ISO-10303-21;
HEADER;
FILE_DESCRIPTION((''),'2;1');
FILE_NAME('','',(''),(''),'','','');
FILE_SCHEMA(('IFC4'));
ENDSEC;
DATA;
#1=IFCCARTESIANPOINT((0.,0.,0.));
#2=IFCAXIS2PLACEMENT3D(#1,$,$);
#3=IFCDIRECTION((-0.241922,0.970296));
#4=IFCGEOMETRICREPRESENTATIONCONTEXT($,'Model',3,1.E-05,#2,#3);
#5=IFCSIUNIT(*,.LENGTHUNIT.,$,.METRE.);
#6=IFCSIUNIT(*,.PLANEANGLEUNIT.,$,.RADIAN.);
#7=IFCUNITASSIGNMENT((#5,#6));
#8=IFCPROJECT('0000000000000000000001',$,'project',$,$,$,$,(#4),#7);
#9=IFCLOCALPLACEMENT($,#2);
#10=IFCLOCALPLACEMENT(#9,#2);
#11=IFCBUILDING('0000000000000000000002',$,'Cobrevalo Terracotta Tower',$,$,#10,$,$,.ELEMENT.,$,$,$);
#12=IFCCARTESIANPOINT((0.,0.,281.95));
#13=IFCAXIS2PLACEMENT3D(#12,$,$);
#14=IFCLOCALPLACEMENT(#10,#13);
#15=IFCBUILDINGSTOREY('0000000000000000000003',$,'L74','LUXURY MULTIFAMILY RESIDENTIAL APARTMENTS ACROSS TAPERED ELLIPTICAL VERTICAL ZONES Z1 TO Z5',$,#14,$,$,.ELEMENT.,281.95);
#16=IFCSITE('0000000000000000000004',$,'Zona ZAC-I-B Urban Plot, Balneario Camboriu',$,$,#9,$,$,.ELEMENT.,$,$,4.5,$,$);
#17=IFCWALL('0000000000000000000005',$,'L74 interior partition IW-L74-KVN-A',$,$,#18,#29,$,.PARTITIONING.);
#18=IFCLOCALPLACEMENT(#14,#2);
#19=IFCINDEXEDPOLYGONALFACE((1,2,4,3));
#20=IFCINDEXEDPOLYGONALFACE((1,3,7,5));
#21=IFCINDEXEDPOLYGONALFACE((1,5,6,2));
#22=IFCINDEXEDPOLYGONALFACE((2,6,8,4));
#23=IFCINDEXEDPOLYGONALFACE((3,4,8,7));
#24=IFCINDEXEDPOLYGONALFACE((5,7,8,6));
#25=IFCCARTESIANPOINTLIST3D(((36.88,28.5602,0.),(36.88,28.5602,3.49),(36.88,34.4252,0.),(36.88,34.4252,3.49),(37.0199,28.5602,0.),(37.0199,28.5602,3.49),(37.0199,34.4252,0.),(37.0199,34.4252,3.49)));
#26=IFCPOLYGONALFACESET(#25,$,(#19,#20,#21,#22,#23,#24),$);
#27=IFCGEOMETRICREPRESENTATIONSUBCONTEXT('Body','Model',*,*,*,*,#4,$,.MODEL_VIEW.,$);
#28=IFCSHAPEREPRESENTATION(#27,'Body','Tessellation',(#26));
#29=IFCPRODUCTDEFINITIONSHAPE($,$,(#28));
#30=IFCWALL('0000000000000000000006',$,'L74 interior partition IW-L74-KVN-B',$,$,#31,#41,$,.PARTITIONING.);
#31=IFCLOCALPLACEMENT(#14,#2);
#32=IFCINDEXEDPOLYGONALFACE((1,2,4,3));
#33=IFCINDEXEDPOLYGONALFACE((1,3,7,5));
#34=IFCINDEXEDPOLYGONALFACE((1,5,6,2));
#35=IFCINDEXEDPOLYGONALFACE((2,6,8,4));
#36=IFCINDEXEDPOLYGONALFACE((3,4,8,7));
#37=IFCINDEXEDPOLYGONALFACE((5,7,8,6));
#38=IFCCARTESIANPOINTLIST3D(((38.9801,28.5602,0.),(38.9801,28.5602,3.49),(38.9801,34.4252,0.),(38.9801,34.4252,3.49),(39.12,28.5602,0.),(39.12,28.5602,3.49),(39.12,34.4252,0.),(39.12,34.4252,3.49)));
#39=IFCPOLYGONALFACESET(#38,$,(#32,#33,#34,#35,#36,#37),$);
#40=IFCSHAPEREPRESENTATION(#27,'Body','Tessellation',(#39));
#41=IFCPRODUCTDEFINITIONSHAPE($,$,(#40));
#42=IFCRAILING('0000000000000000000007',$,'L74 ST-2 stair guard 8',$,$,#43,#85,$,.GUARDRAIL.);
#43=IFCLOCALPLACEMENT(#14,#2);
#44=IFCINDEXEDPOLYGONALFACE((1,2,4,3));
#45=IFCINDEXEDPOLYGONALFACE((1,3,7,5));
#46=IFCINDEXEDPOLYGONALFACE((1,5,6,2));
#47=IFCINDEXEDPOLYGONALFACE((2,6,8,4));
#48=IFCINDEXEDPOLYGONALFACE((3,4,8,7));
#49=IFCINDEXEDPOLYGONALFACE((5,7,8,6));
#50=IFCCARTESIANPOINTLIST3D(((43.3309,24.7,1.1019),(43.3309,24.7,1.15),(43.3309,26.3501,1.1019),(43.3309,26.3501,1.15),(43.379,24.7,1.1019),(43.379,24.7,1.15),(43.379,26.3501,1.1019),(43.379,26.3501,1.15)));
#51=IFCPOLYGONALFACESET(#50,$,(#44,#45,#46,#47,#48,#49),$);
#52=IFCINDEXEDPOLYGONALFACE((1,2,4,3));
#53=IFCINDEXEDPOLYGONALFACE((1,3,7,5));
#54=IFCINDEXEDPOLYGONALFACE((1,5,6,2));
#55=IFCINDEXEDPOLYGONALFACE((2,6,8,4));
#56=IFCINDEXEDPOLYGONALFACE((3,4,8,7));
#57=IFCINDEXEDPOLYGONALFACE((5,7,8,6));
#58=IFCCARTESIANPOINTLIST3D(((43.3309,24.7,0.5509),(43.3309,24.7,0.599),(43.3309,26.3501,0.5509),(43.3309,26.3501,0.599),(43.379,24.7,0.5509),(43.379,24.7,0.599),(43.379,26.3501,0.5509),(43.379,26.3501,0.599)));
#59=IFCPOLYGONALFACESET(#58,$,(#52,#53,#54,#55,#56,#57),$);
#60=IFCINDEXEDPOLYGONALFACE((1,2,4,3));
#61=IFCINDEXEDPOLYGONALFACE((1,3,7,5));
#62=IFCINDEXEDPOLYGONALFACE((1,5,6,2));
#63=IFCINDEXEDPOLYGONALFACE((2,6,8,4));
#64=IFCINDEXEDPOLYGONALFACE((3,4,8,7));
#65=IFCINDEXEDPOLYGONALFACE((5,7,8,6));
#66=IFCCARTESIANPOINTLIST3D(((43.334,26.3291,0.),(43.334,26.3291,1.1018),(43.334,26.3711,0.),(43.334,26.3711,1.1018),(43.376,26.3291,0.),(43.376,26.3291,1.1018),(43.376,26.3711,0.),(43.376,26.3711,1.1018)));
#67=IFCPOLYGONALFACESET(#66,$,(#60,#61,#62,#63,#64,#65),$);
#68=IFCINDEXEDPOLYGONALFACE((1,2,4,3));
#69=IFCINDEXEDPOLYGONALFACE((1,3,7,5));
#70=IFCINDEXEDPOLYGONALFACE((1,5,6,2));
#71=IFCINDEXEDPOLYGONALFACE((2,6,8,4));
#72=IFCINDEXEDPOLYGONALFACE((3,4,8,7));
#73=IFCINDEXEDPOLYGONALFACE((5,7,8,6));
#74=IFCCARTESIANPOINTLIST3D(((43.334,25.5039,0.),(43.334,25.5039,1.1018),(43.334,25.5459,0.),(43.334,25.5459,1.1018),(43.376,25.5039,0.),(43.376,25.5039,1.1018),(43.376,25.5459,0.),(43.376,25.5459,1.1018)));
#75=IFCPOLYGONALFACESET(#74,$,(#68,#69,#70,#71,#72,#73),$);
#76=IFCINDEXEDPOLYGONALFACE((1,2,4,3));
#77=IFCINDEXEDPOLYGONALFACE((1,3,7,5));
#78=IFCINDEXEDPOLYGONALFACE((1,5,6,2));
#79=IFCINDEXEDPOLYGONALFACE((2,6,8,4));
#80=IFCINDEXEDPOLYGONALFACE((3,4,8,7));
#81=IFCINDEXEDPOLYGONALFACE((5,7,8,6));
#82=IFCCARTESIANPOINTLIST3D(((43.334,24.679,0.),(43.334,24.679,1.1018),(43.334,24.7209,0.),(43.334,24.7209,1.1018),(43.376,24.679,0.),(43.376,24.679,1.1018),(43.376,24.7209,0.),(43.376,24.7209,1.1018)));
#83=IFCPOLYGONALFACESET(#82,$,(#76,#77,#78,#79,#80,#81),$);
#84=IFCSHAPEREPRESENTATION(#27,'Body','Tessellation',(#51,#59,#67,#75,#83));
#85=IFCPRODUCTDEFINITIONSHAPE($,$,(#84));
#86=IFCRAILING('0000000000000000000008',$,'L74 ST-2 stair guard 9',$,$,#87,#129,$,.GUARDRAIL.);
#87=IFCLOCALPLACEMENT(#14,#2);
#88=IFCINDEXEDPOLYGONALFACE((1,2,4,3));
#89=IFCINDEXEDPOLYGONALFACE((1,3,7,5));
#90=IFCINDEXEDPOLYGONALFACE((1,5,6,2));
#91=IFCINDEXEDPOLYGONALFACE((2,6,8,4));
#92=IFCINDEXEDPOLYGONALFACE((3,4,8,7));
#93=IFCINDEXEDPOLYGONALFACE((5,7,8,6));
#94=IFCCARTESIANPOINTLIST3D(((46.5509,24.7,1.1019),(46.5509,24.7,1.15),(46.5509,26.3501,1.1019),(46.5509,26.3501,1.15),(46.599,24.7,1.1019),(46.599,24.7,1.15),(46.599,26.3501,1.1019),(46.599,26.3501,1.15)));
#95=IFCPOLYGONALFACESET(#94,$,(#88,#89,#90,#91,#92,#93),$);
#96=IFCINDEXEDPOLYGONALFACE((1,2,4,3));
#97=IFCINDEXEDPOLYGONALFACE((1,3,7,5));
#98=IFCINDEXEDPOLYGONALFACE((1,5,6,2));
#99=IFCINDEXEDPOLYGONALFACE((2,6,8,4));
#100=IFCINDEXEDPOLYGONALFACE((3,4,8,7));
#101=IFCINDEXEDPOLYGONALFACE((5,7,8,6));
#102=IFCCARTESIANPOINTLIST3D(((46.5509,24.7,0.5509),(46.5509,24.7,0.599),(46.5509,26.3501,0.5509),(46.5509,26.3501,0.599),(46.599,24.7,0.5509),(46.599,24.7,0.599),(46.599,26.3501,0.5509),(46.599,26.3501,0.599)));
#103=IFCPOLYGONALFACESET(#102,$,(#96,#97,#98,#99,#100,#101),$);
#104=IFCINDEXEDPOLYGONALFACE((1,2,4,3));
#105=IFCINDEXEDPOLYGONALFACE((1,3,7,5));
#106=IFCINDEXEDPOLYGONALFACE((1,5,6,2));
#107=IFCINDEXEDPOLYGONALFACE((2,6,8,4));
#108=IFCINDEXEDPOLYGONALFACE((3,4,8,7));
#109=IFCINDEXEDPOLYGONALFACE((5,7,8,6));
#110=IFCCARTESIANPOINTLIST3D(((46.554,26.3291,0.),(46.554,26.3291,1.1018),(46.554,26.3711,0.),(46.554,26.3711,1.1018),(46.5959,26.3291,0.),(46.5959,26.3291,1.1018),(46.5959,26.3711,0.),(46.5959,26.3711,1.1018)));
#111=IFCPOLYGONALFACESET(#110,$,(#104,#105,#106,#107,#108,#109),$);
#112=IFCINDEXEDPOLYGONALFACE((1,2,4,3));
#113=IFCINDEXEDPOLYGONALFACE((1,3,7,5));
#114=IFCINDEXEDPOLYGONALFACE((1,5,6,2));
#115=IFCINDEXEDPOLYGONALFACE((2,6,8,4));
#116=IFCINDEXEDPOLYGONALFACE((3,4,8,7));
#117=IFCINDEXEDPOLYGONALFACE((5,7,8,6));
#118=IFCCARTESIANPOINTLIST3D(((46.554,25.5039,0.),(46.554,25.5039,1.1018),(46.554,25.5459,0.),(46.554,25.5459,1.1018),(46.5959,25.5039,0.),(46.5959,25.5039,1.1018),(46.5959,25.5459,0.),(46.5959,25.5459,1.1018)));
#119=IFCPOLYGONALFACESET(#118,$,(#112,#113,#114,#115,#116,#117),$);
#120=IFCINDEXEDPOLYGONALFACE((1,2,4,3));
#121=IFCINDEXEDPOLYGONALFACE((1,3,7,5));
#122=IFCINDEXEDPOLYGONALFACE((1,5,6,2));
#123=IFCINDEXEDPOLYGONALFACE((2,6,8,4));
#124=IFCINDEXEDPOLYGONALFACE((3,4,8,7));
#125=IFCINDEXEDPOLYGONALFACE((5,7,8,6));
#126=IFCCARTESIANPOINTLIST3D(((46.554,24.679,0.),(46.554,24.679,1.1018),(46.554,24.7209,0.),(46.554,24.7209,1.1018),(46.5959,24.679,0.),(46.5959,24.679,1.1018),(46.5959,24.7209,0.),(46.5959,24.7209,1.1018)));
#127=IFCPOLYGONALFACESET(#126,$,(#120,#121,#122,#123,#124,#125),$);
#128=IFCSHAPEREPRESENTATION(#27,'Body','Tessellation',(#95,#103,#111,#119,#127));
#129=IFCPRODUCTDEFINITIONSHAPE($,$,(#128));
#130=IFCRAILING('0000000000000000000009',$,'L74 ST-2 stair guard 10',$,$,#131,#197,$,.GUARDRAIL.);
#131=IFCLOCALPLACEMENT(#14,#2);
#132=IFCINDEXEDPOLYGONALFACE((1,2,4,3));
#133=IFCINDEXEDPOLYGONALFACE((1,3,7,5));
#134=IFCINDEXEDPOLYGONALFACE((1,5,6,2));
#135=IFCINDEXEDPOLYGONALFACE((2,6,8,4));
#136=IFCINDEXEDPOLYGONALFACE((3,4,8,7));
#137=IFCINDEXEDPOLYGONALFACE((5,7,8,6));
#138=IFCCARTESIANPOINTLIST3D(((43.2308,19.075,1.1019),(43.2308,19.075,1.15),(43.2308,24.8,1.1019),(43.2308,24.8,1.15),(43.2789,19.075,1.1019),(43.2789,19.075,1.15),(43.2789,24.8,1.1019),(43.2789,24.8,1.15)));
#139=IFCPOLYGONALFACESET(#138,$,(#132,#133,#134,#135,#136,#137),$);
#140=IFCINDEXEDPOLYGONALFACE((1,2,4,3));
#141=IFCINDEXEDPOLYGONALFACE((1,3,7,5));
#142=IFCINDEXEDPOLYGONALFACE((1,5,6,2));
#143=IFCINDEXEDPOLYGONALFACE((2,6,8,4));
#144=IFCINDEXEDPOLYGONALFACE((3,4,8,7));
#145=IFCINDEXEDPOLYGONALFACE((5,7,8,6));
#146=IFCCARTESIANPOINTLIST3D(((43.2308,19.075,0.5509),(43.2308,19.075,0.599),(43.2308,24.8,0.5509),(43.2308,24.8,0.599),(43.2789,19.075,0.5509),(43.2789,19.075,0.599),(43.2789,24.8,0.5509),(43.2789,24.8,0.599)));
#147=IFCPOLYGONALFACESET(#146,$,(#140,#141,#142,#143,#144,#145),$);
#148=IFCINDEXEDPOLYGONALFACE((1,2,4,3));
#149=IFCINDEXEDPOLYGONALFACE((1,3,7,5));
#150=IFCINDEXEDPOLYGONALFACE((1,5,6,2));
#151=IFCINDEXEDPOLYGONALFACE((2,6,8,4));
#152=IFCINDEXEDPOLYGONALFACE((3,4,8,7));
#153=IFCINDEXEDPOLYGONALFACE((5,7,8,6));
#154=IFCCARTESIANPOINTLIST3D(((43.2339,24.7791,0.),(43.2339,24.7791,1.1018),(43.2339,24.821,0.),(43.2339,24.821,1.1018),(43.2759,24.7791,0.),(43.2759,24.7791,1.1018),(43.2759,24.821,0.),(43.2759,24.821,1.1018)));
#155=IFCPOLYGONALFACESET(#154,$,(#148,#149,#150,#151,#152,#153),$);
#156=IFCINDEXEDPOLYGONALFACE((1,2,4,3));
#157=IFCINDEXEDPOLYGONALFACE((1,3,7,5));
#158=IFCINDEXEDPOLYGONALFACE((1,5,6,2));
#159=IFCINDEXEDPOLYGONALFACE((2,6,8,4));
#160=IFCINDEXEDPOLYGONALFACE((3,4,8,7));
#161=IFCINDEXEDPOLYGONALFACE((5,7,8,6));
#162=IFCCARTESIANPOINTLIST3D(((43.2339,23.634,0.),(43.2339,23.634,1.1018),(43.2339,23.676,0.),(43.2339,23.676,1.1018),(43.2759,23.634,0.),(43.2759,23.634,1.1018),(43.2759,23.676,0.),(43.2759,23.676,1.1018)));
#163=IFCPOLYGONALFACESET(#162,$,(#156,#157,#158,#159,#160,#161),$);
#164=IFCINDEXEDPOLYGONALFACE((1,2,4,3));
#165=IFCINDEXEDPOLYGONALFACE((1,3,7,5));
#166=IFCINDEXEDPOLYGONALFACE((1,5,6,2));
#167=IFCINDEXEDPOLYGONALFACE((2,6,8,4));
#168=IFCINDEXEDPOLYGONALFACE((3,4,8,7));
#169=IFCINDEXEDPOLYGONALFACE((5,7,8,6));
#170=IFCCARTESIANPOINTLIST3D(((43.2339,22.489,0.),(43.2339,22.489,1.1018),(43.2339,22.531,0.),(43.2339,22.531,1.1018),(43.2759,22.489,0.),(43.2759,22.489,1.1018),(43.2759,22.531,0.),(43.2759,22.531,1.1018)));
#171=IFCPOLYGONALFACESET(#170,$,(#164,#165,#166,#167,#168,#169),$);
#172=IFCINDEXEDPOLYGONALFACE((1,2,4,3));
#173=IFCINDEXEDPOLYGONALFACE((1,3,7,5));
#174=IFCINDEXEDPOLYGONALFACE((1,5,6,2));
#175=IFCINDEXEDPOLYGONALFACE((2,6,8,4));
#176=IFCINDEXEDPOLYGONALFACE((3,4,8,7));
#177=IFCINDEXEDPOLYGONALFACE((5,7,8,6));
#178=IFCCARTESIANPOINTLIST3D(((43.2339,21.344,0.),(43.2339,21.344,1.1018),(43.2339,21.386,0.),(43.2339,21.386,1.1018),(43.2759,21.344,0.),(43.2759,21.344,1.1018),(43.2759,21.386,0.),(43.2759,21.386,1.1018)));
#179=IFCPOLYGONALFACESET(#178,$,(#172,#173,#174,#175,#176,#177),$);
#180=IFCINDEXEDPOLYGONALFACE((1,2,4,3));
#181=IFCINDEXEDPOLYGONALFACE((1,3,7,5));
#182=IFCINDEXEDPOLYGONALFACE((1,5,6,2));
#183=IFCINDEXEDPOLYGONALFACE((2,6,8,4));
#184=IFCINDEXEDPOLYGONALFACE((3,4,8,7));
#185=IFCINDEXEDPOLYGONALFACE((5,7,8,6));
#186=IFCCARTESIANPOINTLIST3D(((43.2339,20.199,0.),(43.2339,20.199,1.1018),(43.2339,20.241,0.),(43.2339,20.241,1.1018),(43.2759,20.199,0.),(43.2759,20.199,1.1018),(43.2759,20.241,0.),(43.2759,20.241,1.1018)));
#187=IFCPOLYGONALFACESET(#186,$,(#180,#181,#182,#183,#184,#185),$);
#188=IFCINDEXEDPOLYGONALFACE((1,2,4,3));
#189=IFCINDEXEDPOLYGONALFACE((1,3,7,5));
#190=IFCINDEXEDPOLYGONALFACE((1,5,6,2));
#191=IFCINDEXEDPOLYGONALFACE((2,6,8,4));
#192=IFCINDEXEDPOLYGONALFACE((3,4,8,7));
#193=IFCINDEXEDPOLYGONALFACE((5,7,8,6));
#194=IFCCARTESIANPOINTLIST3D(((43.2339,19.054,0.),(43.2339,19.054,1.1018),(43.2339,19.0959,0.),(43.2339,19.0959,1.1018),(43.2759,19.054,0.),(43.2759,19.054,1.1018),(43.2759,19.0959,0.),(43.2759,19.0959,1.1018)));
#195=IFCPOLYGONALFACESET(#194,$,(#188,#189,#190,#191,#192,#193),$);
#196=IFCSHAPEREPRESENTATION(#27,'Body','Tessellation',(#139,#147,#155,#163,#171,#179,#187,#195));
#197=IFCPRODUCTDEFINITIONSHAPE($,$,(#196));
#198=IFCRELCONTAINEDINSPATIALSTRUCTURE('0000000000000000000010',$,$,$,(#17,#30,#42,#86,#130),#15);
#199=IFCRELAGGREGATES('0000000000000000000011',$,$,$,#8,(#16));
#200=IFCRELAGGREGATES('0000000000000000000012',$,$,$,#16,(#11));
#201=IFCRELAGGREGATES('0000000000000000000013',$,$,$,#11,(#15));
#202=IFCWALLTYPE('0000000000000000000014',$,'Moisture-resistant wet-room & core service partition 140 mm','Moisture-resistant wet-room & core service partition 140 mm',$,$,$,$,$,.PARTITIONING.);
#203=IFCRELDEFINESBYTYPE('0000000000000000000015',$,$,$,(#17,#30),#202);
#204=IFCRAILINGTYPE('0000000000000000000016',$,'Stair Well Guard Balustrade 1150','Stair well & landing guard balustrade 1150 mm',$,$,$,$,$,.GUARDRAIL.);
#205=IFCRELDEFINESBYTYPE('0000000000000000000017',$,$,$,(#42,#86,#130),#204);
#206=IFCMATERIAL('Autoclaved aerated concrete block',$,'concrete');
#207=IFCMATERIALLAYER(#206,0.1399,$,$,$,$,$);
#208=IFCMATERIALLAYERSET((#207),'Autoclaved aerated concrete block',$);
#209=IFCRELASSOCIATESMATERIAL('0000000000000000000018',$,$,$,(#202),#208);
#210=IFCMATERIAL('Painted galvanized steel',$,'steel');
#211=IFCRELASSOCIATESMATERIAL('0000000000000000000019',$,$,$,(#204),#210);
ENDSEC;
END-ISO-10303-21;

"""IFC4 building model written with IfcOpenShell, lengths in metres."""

from ifc_helpers import new_model, si_unit, direction, frame, frame_2d, origin, origin_2d, place, context, subcontext, project, spatial, rectangle, extrude, material, layer, layer_set, type_object, element, save


model = new_model("IFC4")

# Units and contexts
model_context = context("Model", 3, precision=1e-05, world=origin(), true_north=direction((-0.241922, 0.970296)))
body_context = subcontext(model_context, "Body", "Model", "MODEL_VIEW")
ifc_project = project(units=[si_unit("LENGTHUNIT", "METRE"), si_unit("PLANEANGLEUNIT", "RADIAN")], contexts=[model_context])

# Site, building, storey
site_placement = place(None, origin())
site = spatial("IfcSite", under=ifc_project, at=site_placement, Name="Zona ZAC-I-B Urban Plot, Balneario Camboriu", CompositionType="ELEMENT", RefElevation=4.5)
building_placement = place(site_placement, origin())
building = spatial("IfcBuilding", under=site, at=building_placement, Name="Cobrevalo Terracotta Tower", CompositionType="ELEMENT")
storey_placement = place(building_placement, frame((0.0, 0.0, 281.95)))
storey = spatial("IfcBuildingStorey", under=building, at=storey_placement, Name="L74", Description="LUXURY MULTIFAMILY RESIDENTIAL APARTMENTS ACROSS TAPERED ELLIPTICAL VERTICAL ZONES Z1 TO Z5", CompositionType="ELEMENT", Elevation=281.95)

# Walls
ifc_material_1 = material(Name="Autoclaved aerated concrete block", Category="concrete")
ifc_layer_1 = layer(ifc_material_1, 0.1399)
ifc_layer_set_1 = layer_set([ifc_layer_1], Name="Autoclaved aerated concrete block")
wall_type_1 = type_object("IfcWallType", Name="Moisture-resistant wet-room & core service partition 140 mm", Description="Moisture-resistant wet-room & core service partition 140 mm", PredefinedType="PARTITIONING", material=ifc_layer_set_1)
for number, where, z_axis, x_axis, name in (
    (1, (36.95, 28.5601, 0.0), (0.0, 0.0, 1.0), (0.0, 1.0, 0.0), "L74 interior partition IW-L74-KVN-A"),
    (2, (39.05, 28.5601, 0.0), (0.0, 0.0, 1.0), (0.0, 1.0, 0.0), "L74 interior partition IW-L74-KVN-B"),
):
    element("IfcWall", number, at=place(storey_placement, frame(where, z_axis=z_axis, x_axis=x_axis)), inside=storey, type_object=wall_type_1, Name=name, PredefinedType="PARTITIONING", context=body_context, shape_type="SweptSolid", body=[
        extrude(rectangle(XDim=5.865, YDim=0.1399, at=frame_2d((2.9326, 0.0))), origin(), (0.0, 0.0, 1.0), 3.49),
    ])

# Railings
ifc_material_2 = material(Name="Painted galvanized steel", Category="steel")
railing_type = type_object("IfcRailingType", Name="Stair Well Guard Balustrade 1150", Description="Stair well & landing guard balustrade 1150 mm", PredefinedType="GUARDRAIL", material=ifc_material_2)
for number, where, name in (
    (3, (43.355, 26.3501, 0.0), "L74 ST-2 stair guard 8"),
    (4, (46.575, 26.3501, 0.0), "L74 ST-2 stair guard 9"),
):
    element("IfcRailing", number, at=place(storey_placement, frame(where)), inside=storey, type_object=railing_type, Name=name, PredefinedType="GUARDRAIL", context=body_context, shape_type="SweptSolid", body=[
        extrude(rectangle(XDim=0.0481, YDim=0.0481, at=origin_2d()), frame((0.0, 0.0, 1.126), z_axis=(0.0, -1.0, 0.0), x_axis=(1.0, 0.0, 0.0)), (0.0, 0.0, 1.0), 1.6501),
        extrude(rectangle(XDim=0.0481, YDim=0.0481, at=origin_2d()), frame((0.0, 0.0, 0.575), z_axis=(0.0, -1.0, 0.0), x_axis=(1.0, 0.0, 0.0)), (0.0, 0.0, 1.0), 1.6501),
        extrude(rectangle(XDim=0.042, YDim=0.042, at=origin_2d()), origin(), (0.0, 0.0, 1.0), 1.1018),
        extrude(rectangle(XDim=0.042, YDim=0.042, at=origin_2d()), frame((0.0, -0.8252, 0.0)), (0.0, 0.0, 1.0), 1.1018),
        extrude(rectangle(XDim=0.042, YDim=0.042, at=origin_2d()), frame((0.0, -1.6501, 0.0)), (0.0, 0.0, 1.0), 1.1018),
    ])
for number, where, name in (
    (5, (43.2549, 24.8, 0.0), "L74 ST-2 stair guard 10"),
):
    element("IfcRailing", number, at=place(storey_placement, frame(where)), inside=storey, type_object=railing_type, Name=name, PredefinedType="GUARDRAIL", context=body_context, shape_type="SweptSolid", body=[
        extrude(rectangle(XDim=0.0481, YDim=0.0481, at=origin_2d()), frame((0.0, 0.0, 1.126), z_axis=(0.0, -1.0, 0.0), x_axis=(1.0, 0.0, 0.0)), (0.0, 0.0, 1.0), 5.7251),
        extrude(rectangle(XDim=0.0481, YDim=0.0481, at=origin_2d()), frame((0.0, 0.0, 0.575), z_axis=(0.0, -1.0, 0.0), x_axis=(1.0, 0.0, 0.0)), (0.0, 0.0, 1.0), 5.7251),
        extrude(rectangle(XDim=0.042, YDim=0.042, at=origin_2d()), origin(), (0.0, 0.0, 1.0), 1.1018),
        extrude(rectangle(XDim=0.042, YDim=0.042, at=origin_2d()), frame((0.0, -1.145, 0.0)), (0.0, 0.0, 1.0), 1.1018),
        extrude(rectangle(XDim=0.042, YDim=0.042, at=origin_2d()), frame((0.0, -2.29, 0.0)), (0.0, 0.0, 1.0), 1.1018),
        extrude(rectangle(XDim=0.042, YDim=0.042, at=origin_2d()), frame((0.0, -3.4351, 0.0)), (0.0, 0.0, 1.0), 1.1018),
        extrude(rectangle(XDim=0.042, YDim=0.042, at=origin_2d()), frame((0.0, -4.5801, 0.0)), (0.0, 0.0, 1.0), 1.1018),
        extrude(rectangle(XDim=0.042, YDim=0.042, at=origin_2d()), frame((0.0, -5.7251, 0.0)), (0.0, 0.0, 1.0), 1.1018),
    ])

save(model, "model.ifc")
